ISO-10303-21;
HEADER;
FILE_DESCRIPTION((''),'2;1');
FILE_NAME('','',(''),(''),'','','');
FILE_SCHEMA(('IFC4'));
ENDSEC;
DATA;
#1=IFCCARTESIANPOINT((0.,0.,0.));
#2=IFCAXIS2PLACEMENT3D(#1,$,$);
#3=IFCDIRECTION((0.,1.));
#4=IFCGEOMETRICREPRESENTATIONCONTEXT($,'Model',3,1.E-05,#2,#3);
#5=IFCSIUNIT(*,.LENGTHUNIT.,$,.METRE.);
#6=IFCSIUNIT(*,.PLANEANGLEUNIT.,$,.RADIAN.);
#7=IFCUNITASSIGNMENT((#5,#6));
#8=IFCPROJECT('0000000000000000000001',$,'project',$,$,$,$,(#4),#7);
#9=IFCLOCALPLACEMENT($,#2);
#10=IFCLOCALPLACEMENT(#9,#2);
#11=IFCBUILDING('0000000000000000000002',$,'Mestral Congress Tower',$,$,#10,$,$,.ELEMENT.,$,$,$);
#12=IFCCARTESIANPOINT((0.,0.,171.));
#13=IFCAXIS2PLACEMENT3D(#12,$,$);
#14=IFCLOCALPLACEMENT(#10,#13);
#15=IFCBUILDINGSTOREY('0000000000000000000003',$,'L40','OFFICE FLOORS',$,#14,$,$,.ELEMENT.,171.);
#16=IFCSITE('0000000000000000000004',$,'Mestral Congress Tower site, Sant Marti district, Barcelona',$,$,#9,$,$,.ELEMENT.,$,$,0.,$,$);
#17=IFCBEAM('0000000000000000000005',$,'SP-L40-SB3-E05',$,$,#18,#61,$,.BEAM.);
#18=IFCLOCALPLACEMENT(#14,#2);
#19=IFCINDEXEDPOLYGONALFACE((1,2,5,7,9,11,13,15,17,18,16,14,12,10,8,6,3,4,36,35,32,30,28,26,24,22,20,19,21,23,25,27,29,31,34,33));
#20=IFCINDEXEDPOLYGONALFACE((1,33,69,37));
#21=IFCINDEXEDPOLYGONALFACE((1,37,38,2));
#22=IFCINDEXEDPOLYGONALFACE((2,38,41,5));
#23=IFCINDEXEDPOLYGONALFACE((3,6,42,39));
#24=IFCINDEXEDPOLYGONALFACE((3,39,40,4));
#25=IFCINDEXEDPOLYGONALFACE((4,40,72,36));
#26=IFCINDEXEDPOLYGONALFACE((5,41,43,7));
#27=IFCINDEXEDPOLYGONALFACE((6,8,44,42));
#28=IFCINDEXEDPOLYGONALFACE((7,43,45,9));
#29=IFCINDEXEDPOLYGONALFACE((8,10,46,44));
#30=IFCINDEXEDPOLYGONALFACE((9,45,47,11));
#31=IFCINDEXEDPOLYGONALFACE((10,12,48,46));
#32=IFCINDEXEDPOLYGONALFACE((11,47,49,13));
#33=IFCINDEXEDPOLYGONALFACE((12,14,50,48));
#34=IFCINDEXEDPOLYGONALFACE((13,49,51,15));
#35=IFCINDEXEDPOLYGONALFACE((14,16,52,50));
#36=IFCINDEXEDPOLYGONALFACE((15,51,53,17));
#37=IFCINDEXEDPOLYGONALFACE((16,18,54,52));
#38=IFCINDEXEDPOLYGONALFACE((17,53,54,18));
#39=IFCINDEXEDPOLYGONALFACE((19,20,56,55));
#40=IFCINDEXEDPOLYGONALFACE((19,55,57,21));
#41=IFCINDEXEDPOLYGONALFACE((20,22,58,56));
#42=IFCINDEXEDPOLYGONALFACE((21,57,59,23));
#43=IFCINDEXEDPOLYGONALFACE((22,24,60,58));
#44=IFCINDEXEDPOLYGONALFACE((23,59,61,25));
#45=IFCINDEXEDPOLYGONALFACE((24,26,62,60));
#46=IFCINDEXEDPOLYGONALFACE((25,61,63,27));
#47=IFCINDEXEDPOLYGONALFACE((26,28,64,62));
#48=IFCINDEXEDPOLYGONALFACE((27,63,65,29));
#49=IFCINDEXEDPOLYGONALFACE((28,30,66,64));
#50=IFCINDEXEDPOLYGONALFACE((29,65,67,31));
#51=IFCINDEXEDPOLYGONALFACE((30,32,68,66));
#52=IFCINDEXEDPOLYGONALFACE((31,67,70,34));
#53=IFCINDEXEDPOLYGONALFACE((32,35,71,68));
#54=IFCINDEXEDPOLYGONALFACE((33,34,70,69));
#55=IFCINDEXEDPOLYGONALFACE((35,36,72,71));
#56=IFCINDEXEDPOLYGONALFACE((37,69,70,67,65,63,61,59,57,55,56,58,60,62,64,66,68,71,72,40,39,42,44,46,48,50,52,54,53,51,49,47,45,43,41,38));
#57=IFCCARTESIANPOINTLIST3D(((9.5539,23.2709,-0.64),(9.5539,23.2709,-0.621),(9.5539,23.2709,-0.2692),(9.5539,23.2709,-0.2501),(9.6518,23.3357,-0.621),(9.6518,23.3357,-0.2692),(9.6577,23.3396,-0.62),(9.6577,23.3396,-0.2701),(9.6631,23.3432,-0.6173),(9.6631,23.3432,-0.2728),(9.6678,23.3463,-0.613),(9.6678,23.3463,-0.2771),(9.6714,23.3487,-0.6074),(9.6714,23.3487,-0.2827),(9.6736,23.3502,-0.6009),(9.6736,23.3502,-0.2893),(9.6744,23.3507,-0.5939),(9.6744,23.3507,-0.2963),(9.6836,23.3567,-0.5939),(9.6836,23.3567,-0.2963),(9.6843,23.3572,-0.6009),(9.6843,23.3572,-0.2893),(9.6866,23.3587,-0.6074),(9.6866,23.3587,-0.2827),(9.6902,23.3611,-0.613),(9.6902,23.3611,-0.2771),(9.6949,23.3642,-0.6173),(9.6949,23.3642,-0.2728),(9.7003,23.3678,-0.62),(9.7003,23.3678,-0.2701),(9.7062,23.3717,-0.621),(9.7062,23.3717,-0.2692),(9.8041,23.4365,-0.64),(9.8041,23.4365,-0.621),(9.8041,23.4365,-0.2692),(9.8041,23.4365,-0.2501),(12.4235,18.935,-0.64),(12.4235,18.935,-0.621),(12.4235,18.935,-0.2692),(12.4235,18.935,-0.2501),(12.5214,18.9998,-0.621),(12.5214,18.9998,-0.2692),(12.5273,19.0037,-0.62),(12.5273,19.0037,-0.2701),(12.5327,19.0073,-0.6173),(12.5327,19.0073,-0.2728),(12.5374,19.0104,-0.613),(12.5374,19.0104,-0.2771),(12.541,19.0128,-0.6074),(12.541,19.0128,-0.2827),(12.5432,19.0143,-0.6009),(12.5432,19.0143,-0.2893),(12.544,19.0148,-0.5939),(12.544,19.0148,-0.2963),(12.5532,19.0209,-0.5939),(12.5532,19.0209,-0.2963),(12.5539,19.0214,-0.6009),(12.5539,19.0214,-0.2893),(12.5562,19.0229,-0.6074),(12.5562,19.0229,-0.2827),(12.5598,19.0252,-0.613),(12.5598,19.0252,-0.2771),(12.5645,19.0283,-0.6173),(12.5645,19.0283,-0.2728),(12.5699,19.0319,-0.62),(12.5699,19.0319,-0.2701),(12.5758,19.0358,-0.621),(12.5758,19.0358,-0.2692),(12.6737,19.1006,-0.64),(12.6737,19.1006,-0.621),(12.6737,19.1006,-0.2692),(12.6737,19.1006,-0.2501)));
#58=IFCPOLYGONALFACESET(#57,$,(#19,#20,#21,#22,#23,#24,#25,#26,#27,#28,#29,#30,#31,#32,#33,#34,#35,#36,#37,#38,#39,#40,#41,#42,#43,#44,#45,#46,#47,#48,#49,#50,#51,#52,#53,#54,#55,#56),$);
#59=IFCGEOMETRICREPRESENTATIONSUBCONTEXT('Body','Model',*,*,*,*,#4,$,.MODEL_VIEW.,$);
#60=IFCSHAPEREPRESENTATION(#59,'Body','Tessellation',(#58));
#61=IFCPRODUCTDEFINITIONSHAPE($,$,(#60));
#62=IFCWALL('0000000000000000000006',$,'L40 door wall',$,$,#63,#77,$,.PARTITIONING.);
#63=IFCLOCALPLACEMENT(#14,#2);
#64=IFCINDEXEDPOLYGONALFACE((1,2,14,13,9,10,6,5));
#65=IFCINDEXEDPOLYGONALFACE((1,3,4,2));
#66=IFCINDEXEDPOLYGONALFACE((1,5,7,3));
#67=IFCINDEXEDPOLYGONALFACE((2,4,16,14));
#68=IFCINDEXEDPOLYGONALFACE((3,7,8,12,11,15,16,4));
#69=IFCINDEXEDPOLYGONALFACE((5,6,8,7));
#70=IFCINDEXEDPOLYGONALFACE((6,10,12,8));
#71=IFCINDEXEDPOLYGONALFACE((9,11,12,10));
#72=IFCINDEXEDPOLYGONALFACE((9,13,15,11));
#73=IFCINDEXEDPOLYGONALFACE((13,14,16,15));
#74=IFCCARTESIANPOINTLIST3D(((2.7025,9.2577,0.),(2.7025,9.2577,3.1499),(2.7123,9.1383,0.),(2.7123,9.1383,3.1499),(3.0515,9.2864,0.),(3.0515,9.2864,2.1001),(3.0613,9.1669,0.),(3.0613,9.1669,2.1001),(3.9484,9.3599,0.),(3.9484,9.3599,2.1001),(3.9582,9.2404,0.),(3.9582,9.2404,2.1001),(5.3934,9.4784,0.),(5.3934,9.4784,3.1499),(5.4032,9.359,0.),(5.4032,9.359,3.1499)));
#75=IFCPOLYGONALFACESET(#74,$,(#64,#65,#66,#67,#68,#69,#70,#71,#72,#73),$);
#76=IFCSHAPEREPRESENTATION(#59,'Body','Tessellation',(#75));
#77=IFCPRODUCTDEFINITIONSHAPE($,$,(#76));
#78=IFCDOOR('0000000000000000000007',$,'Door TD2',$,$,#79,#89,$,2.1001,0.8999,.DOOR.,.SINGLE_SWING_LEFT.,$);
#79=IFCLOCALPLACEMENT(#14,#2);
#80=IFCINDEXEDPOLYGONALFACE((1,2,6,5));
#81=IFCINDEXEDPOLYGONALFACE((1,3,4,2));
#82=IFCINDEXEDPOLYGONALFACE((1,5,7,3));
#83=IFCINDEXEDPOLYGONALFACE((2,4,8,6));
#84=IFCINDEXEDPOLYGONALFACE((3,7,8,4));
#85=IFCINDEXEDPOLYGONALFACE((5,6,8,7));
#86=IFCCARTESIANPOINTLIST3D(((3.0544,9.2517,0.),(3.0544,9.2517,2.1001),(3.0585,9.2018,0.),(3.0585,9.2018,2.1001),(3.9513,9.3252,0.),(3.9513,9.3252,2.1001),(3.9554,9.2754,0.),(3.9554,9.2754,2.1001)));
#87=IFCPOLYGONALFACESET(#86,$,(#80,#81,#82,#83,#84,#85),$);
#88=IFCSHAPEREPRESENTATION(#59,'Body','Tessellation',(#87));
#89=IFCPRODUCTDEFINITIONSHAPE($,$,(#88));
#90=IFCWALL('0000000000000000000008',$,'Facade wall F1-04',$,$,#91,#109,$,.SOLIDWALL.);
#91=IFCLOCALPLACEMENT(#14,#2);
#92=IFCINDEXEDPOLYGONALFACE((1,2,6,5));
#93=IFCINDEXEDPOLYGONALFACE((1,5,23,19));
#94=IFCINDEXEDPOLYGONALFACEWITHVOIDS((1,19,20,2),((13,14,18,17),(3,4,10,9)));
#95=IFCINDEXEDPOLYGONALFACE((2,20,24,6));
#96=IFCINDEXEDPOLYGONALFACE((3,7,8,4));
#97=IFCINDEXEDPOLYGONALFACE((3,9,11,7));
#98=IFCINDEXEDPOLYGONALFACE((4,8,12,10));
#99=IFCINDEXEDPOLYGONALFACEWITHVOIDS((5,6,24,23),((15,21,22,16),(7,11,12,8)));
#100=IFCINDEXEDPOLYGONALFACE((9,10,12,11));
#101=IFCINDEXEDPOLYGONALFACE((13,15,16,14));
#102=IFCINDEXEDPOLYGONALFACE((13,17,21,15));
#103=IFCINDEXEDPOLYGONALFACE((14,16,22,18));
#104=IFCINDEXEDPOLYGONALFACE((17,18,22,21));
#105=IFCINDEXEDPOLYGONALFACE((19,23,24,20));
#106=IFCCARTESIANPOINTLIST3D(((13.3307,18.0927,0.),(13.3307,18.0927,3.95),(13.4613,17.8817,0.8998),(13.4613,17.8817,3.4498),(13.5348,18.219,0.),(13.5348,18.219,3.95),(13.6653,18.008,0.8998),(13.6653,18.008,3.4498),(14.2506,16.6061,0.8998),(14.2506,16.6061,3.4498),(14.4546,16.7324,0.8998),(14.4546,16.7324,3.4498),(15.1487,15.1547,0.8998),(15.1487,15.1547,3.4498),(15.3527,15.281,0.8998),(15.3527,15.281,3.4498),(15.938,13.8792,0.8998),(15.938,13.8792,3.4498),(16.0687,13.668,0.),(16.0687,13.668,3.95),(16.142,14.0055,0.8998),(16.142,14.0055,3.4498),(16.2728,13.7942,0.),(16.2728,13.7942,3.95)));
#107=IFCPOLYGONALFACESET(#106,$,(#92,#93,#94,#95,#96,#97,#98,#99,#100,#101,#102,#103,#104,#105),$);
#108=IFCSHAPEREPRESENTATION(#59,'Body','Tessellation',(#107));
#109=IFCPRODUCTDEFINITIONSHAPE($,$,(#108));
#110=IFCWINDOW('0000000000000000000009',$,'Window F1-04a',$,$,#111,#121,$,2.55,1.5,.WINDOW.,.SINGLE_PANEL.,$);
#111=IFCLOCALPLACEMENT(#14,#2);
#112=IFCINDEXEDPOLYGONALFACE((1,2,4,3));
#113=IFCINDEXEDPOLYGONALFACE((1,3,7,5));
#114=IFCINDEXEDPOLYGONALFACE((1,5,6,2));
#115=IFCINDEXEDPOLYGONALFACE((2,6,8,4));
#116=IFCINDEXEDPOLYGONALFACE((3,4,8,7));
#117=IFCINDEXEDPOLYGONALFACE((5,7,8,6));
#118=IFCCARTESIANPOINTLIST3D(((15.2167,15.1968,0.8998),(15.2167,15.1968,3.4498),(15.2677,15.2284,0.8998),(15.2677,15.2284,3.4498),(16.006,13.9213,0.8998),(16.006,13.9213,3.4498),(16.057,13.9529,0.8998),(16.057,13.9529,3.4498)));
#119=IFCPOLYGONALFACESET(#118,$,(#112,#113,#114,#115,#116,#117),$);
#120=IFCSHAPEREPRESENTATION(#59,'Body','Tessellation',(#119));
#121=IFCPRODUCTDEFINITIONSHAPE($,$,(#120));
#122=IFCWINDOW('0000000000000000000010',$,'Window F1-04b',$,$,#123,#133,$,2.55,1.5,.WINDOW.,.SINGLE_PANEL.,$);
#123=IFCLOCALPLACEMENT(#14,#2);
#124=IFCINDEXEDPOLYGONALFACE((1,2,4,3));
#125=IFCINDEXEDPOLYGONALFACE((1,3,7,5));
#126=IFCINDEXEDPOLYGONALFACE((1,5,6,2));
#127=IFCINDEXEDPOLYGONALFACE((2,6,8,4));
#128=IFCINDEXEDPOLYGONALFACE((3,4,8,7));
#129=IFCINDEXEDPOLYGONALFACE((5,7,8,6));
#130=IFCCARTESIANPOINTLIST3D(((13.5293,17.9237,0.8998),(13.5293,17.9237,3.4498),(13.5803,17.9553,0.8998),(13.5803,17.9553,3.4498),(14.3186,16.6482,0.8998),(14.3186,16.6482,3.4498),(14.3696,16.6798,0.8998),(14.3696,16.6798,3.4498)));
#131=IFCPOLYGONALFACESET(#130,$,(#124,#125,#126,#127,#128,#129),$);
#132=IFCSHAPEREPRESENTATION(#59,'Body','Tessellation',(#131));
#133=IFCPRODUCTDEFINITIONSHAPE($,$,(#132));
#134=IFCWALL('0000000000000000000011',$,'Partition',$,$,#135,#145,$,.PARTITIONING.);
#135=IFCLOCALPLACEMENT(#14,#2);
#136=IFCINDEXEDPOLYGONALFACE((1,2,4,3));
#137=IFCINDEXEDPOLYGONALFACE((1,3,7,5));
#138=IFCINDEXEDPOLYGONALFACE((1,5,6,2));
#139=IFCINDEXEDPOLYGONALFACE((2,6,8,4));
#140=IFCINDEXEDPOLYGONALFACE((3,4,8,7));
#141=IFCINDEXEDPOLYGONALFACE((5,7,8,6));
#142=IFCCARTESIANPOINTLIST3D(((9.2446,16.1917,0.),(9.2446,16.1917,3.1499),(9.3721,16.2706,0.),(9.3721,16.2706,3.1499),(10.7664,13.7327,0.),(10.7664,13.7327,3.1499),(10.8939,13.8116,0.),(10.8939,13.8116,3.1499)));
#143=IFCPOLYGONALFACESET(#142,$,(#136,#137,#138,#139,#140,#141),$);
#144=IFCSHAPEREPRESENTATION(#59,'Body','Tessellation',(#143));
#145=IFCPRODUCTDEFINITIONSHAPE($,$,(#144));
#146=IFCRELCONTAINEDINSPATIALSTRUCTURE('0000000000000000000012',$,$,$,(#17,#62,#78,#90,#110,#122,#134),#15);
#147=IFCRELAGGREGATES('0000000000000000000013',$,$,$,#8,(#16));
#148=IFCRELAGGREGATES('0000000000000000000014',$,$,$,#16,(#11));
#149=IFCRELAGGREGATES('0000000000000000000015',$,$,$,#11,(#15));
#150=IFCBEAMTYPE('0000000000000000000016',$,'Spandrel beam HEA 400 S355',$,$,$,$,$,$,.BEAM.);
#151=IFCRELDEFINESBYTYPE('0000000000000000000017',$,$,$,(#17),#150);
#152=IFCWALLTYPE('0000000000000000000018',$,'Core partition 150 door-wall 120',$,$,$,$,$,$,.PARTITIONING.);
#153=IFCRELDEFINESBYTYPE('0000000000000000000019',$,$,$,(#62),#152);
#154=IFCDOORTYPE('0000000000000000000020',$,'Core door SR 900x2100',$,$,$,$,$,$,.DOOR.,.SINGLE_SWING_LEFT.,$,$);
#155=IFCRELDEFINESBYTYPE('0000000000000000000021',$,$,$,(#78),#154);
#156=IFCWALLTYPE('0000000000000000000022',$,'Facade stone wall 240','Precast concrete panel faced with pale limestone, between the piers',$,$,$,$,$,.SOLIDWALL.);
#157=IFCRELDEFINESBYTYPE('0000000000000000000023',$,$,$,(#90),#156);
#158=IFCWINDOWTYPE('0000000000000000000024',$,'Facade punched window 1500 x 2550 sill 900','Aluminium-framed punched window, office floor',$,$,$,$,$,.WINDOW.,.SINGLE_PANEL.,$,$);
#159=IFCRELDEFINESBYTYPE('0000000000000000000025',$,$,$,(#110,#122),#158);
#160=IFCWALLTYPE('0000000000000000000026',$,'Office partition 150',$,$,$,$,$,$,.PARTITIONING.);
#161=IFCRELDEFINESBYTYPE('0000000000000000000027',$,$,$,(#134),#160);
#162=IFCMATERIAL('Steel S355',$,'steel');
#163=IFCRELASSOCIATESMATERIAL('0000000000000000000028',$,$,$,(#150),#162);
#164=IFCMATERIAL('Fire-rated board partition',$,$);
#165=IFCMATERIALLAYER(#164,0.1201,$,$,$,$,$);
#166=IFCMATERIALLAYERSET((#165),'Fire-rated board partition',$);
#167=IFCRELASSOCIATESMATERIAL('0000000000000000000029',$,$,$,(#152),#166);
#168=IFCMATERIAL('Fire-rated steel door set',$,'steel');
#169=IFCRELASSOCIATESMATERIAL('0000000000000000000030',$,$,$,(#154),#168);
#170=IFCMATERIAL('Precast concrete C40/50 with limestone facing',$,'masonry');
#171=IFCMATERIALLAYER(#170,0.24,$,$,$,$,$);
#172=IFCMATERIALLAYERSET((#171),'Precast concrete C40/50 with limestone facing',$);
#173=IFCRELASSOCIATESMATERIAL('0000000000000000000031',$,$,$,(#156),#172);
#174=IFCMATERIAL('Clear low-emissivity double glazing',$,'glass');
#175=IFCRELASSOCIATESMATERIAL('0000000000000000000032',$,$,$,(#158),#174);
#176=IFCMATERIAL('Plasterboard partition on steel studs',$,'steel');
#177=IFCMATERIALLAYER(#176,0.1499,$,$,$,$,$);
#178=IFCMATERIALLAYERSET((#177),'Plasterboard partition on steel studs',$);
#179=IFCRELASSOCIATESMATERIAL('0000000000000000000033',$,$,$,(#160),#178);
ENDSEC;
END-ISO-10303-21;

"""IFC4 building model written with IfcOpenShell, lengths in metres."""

from ifc_helpers import new_model, si_unit, direction, frame, frame_2d, origin, origin_2d, place, context, subcontext, project, spatial, rectangle, i_section, extrude, material, layer, layer_set, material_profile, profile_set, type_object, element, fill, save


model = new_model("IFC4")

# Units and contexts
model_context = context("Model", 3, precision=1e-05, world=origin(), true_north=direction((0.0, 1.0)))
body_context = subcontext(model_context, "Body", "Model", "MODEL_VIEW")
ifc_project = project(units=[si_unit("LENGTHUNIT", "METRE"), si_unit("PLANEANGLEUNIT", "RADIAN")], contexts=[model_context])

# Site, building, storey
site_placement = place(None, origin())
site = spatial("IfcSite", under=ifc_project, at=site_placement, Name="Mestral Congress Tower site, Sant Marti district, Barcelona", CompositionType="ELEMENT", RefElevation=0.0)
building_placement = place(site_placement, origin())
building = spatial("IfcBuilding", under=site, at=building_placement, Name="Mestral Congress Tower", CompositionType="ELEMENT")
storey_placement = place(building_placement, frame((0.0, 0.0, 171.0)))
storey = spatial("IfcBuildingStorey", under=building, at=storey_placement, Name="L40", Description="OFFICE FLOORS", CompositionType="ELEMENT", Elevation=171.0)

# Beam
ifc_material_1 = material(Name="Steel S355", Category="steel")
ifc_material_profile_1 = material_profile(ifc_material_1, i_section(OverallWidth=0.3, OverallDepth=0.3899, WebThickness=0.011, FlangeThickness=0.019, FilletRadius=0.0271, at=origin_2d()), Name="HEA 400")
ifc_profile_set_1 = profile_set([ifc_material_profile_1], Name="Steel S355")
beam_type_1 = type_object("IfcBeamType", Name="Spandrel beam HEA 400 S355", PredefinedType="BEAM", material=ifc_profile_set_1)
for number, where, z_axis, x_axis, name in (
    (1, (12.5486, 19.0178, -0.4451), (-0.551901, 0.833909, 0.0), (-0.833909, -0.551901, 0.0), "SP-L40-SB3-E05"),
):
    element("IfcBeam", number, at=place(storey_placement, frame(where, z_axis=z_axis, x_axis=x_axis)), inside=storey, type_object=beam_type_1, Name=name, PredefinedType="BEAM", context=body_context, shape_type="SweptSolid", body=[
        extrude(i_section(OverallWidth=0.3, OverallDepth=0.3899, WebThickness=0.011, FlangeThickness=0.019, FilletRadius=0.0271, at=origin_2d()), origin(), (0.0, 0.0, 1.0), 5.1995),
    ])

# Wall, opening, door
ifc_material_2 = material(Name="Fire-rated board partition")
ifc_layer_1 = layer(ifc_material_2, 0.1201)
ifc_layer_set_1 = layer_set([ifc_layer_1], Name="Fire-rated board partition")
wall_type_1 = type_object("IfcWallType", Name="Core partition 150 door-wall 120", PredefinedType="PARTITIONING", material=ifc_layer_set_1)
wall_1_placement = place(storey_placement, frame((5.3984, 9.4187, 0.0), z_axis=(0.0, 0.0, 1.0), x_axis=(-0.996653, -0.081743, 0.0)))
wall_1 = element("IfcWall", 2, at=wall_1_placement, inside=storey, type_object=wall_type_1, Name="L40 door wall", PredefinedType="PARTITIONING", context=body_context, shape_type="SweptSolid", body=[
    extrude(rectangle(XDim=2.7, YDim=0.1199, at=frame_2d((1.3501, 0.0))), origin(), (0.0, 0.0, 1.0), 3.1499),
])
opening_1_placement = place(wall_1_placement, frame((1.45, 0.0, 0.0)))
opening_1 = element("IfcOpeningElement", 3, at=opening_1_placement, cuts=wall_1, PredefinedType="OPENING", context=body_context, shape_type="SweptSolid", body=[
    extrude(rectangle(XDim=0.8999, YDim=2.1001, at=frame_2d((0.45, 1.05))), frame((0.0, 0.0698, 0.0), z_axis=(0.0, -1.0, 0.0), x_axis=(1.0, 0.0, 0.0)), (0.0, 0.0, 1.0), 0.1399),
])
ifc_material_3 = material(Name="Fire-rated steel door set", Category="steel")
door_type_1 = type_object("IfcDoorType", Name="Core door SR 900x2100", OperationType="SINGLE_SWING_LEFT", PredefinedType="DOOR", material=ifc_material_3)
door_1_placement = place(opening_1_placement, origin())
door_1 = element("IfcDoor", 4, at=door_1_placement, inside=storey, type_object=door_type_1, Name="Door TD2", OperationType="SINGLE_SWING_LEFT", OverallHeight=2.1001, OverallWidth=0.8999, PredefinedType="DOOR", context=body_context, shape_type="SweptSolid", body=[
    extrude(rectangle(XDim=0.8999, YDim=2.1001, at=frame_2d((0.45, 1.05))), frame((0.0, 0.0249, 0.0), z_axis=(0.0, -1.0, 0.0), x_axis=(1.0, 0.0, 0.0)), (0.0, 0.0, 1.0), 0.05),
])
fill(opening_1, door_1)

# Wall, openings, windows
ifc_material_4 = material(Name="Precast concrete C40/50 with limestone facing", Category="masonry")
ifc_layer_2 = layer(ifc_material_4, 0.24)
ifc_layer_set_2 = layer_set([ifc_layer_2], Name="Precast concrete C40/50 with limestone facing")
wall_type_2 = type_object("IfcWallType", Name="Facade stone wall 240", Description="Precast concrete panel faced with pale limestone, between the piers", PredefinedType="SOLIDWALL", material=ifc_layer_set_2)
wall_2_placement = place(storey_placement, frame((16.1707, 13.7312, 0.0), z_axis=(0.0, 0.0, 1.0), x_axis=(-0.526198, 0.850362, 0.0)))
wall_2 = element("IfcWall", 5, at=wall_2_placement, inside=storey, type_object=wall_type_2, Name="Facade wall F1-04", PredefinedType="SOLIDWALL", context=body_context, shape_type="SweptSolid", body=[
    extrude(rectangle(XDim=5.2034, YDim=0.24, at=frame_2d((2.6016, 0.0))), origin(), (0.0, 0.0, 1.0), 3.95),
])
opening_2_placement = place(wall_2_placement, frame((0.2483, 0.0, 0.8999)))
opening_2 = element("IfcOpeningElement", 6, at=opening_2_placement, cuts=wall_2, PredefinedType="OPENING", context=body_context, shape_type="SweptSolid", body=[
    extrude(rectangle(XDim=1.5, YDim=2.55, at=frame_2d((0.75, 1.2749))), frame((0.0, 0.1299, 0.0), z_axis=(0.0, -1.0, 0.0), x_axis=(1.0, 0.0, 0.0)), (0.0, 0.0, 1.0), 0.26),
])
opening_3_placement = place(wall_2_placement, frame((3.4551, 0.0, 0.8999)))
opening_3 = element("IfcOpeningElement", 7, at=opening_3_placement, cuts=wall_2, PredefinedType="OPENING", context=body_context, shape_type="SweptSolid", body=[
    extrude(rectangle(XDim=1.5, YDim=2.55, at=frame_2d((0.75, 1.2749))), frame((0.0, 0.1299, 0.0), z_axis=(0.0, -1.0, 0.0), x_axis=(1.0, 0.0, 0.0)), (0.0, 0.0, 1.0), 0.26),
])
ifc_material_5 = material(Name="Clear low-emissivity double glazing", Category="glass")
window_type = type_object("IfcWindowType", Name="Facade punched window 1500 x 2550 sill 900", Description="Aluminium-framed punched window, office floor", PartitioningType="SINGLE_PANEL", PredefinedType="WINDOW", material=ifc_material_5)
window_1_placement = place(opening_2_placement, origin())
window_1 = element("IfcWindow", 8, at=window_1_placement, inside=storey, type_object=window_type, Name="Window F1-04a", OverallHeight=2.55, OverallWidth=1.5, PartitioningType="SINGLE_PANEL", PredefinedType="WINDOW", context=body_context, shape_type="SweptSolid", body=[
    extrude(rectangle(XDim=1.5, YDim=2.55, at=frame_2d((0.75, 1.2749))), frame((0.0, 0.04, 0.0), z_axis=(0.0, -1.0, 0.0), x_axis=(1.0, 0.0, 0.0)), (0.0, 0.0, 1.0), 0.0601),
])
fill(opening_2, window_1)
window_2_placement = place(opening_3_placement, origin())
window_2 = element("IfcWindow", 9, at=window_2_placement, inside=storey, type_object=window_type, Name="Window F1-04b", OverallHeight=2.55, OverallWidth=1.5, PartitioningType="SINGLE_PANEL", PredefinedType="WINDOW", context=body_context, shape_type="SweptSolid", body=[
    extrude(rectangle(XDim=1.5, YDim=2.55, at=frame_2d((0.75, 1.2749))), frame((0.0, 0.04, 0.0), z_axis=(0.0, -1.0, 0.0), x_axis=(1.0, 0.0, 0.0)), (0.0, 0.0, 1.0), 0.0601),
])
fill(opening_3, window_2)

# Wall
ifc_material_6 = material(Name="Plasterboard partition on steel studs", Category="steel")
ifc_layer_3 = layer(ifc_material_6, 0.1499)
ifc_layer_set_3 = layer_set([ifc_layer_3], Name="Plasterboard partition on steel studs")
wall_type_3 = type_object("IfcWallType", Name="Office partition 150", PredefinedType="PARTITIONING", material=ifc_layer_set_3)
wall_3_placement = place(storey_placement, frame((10.8301, 13.7722, 0.0), z_axis=(0.0, 0.0, 1.0), x_axis=(-0.52623, 0.850343, 0.0)))
element("IfcWall", 10, at=wall_3_placement, inside=storey, type_object=wall_type_3, Name="Partition", PredefinedType="PARTITIONING", context=body_context, shape_type="SweptSolid", body=[
    extrude(rectangle(XDim=2.8918, YDim=0.1499, at=frame_2d((1.4458, 0.0))), origin(), (0.0, 0.0, 1.0), 3.1499),
])

save(model, "model.ifc")
